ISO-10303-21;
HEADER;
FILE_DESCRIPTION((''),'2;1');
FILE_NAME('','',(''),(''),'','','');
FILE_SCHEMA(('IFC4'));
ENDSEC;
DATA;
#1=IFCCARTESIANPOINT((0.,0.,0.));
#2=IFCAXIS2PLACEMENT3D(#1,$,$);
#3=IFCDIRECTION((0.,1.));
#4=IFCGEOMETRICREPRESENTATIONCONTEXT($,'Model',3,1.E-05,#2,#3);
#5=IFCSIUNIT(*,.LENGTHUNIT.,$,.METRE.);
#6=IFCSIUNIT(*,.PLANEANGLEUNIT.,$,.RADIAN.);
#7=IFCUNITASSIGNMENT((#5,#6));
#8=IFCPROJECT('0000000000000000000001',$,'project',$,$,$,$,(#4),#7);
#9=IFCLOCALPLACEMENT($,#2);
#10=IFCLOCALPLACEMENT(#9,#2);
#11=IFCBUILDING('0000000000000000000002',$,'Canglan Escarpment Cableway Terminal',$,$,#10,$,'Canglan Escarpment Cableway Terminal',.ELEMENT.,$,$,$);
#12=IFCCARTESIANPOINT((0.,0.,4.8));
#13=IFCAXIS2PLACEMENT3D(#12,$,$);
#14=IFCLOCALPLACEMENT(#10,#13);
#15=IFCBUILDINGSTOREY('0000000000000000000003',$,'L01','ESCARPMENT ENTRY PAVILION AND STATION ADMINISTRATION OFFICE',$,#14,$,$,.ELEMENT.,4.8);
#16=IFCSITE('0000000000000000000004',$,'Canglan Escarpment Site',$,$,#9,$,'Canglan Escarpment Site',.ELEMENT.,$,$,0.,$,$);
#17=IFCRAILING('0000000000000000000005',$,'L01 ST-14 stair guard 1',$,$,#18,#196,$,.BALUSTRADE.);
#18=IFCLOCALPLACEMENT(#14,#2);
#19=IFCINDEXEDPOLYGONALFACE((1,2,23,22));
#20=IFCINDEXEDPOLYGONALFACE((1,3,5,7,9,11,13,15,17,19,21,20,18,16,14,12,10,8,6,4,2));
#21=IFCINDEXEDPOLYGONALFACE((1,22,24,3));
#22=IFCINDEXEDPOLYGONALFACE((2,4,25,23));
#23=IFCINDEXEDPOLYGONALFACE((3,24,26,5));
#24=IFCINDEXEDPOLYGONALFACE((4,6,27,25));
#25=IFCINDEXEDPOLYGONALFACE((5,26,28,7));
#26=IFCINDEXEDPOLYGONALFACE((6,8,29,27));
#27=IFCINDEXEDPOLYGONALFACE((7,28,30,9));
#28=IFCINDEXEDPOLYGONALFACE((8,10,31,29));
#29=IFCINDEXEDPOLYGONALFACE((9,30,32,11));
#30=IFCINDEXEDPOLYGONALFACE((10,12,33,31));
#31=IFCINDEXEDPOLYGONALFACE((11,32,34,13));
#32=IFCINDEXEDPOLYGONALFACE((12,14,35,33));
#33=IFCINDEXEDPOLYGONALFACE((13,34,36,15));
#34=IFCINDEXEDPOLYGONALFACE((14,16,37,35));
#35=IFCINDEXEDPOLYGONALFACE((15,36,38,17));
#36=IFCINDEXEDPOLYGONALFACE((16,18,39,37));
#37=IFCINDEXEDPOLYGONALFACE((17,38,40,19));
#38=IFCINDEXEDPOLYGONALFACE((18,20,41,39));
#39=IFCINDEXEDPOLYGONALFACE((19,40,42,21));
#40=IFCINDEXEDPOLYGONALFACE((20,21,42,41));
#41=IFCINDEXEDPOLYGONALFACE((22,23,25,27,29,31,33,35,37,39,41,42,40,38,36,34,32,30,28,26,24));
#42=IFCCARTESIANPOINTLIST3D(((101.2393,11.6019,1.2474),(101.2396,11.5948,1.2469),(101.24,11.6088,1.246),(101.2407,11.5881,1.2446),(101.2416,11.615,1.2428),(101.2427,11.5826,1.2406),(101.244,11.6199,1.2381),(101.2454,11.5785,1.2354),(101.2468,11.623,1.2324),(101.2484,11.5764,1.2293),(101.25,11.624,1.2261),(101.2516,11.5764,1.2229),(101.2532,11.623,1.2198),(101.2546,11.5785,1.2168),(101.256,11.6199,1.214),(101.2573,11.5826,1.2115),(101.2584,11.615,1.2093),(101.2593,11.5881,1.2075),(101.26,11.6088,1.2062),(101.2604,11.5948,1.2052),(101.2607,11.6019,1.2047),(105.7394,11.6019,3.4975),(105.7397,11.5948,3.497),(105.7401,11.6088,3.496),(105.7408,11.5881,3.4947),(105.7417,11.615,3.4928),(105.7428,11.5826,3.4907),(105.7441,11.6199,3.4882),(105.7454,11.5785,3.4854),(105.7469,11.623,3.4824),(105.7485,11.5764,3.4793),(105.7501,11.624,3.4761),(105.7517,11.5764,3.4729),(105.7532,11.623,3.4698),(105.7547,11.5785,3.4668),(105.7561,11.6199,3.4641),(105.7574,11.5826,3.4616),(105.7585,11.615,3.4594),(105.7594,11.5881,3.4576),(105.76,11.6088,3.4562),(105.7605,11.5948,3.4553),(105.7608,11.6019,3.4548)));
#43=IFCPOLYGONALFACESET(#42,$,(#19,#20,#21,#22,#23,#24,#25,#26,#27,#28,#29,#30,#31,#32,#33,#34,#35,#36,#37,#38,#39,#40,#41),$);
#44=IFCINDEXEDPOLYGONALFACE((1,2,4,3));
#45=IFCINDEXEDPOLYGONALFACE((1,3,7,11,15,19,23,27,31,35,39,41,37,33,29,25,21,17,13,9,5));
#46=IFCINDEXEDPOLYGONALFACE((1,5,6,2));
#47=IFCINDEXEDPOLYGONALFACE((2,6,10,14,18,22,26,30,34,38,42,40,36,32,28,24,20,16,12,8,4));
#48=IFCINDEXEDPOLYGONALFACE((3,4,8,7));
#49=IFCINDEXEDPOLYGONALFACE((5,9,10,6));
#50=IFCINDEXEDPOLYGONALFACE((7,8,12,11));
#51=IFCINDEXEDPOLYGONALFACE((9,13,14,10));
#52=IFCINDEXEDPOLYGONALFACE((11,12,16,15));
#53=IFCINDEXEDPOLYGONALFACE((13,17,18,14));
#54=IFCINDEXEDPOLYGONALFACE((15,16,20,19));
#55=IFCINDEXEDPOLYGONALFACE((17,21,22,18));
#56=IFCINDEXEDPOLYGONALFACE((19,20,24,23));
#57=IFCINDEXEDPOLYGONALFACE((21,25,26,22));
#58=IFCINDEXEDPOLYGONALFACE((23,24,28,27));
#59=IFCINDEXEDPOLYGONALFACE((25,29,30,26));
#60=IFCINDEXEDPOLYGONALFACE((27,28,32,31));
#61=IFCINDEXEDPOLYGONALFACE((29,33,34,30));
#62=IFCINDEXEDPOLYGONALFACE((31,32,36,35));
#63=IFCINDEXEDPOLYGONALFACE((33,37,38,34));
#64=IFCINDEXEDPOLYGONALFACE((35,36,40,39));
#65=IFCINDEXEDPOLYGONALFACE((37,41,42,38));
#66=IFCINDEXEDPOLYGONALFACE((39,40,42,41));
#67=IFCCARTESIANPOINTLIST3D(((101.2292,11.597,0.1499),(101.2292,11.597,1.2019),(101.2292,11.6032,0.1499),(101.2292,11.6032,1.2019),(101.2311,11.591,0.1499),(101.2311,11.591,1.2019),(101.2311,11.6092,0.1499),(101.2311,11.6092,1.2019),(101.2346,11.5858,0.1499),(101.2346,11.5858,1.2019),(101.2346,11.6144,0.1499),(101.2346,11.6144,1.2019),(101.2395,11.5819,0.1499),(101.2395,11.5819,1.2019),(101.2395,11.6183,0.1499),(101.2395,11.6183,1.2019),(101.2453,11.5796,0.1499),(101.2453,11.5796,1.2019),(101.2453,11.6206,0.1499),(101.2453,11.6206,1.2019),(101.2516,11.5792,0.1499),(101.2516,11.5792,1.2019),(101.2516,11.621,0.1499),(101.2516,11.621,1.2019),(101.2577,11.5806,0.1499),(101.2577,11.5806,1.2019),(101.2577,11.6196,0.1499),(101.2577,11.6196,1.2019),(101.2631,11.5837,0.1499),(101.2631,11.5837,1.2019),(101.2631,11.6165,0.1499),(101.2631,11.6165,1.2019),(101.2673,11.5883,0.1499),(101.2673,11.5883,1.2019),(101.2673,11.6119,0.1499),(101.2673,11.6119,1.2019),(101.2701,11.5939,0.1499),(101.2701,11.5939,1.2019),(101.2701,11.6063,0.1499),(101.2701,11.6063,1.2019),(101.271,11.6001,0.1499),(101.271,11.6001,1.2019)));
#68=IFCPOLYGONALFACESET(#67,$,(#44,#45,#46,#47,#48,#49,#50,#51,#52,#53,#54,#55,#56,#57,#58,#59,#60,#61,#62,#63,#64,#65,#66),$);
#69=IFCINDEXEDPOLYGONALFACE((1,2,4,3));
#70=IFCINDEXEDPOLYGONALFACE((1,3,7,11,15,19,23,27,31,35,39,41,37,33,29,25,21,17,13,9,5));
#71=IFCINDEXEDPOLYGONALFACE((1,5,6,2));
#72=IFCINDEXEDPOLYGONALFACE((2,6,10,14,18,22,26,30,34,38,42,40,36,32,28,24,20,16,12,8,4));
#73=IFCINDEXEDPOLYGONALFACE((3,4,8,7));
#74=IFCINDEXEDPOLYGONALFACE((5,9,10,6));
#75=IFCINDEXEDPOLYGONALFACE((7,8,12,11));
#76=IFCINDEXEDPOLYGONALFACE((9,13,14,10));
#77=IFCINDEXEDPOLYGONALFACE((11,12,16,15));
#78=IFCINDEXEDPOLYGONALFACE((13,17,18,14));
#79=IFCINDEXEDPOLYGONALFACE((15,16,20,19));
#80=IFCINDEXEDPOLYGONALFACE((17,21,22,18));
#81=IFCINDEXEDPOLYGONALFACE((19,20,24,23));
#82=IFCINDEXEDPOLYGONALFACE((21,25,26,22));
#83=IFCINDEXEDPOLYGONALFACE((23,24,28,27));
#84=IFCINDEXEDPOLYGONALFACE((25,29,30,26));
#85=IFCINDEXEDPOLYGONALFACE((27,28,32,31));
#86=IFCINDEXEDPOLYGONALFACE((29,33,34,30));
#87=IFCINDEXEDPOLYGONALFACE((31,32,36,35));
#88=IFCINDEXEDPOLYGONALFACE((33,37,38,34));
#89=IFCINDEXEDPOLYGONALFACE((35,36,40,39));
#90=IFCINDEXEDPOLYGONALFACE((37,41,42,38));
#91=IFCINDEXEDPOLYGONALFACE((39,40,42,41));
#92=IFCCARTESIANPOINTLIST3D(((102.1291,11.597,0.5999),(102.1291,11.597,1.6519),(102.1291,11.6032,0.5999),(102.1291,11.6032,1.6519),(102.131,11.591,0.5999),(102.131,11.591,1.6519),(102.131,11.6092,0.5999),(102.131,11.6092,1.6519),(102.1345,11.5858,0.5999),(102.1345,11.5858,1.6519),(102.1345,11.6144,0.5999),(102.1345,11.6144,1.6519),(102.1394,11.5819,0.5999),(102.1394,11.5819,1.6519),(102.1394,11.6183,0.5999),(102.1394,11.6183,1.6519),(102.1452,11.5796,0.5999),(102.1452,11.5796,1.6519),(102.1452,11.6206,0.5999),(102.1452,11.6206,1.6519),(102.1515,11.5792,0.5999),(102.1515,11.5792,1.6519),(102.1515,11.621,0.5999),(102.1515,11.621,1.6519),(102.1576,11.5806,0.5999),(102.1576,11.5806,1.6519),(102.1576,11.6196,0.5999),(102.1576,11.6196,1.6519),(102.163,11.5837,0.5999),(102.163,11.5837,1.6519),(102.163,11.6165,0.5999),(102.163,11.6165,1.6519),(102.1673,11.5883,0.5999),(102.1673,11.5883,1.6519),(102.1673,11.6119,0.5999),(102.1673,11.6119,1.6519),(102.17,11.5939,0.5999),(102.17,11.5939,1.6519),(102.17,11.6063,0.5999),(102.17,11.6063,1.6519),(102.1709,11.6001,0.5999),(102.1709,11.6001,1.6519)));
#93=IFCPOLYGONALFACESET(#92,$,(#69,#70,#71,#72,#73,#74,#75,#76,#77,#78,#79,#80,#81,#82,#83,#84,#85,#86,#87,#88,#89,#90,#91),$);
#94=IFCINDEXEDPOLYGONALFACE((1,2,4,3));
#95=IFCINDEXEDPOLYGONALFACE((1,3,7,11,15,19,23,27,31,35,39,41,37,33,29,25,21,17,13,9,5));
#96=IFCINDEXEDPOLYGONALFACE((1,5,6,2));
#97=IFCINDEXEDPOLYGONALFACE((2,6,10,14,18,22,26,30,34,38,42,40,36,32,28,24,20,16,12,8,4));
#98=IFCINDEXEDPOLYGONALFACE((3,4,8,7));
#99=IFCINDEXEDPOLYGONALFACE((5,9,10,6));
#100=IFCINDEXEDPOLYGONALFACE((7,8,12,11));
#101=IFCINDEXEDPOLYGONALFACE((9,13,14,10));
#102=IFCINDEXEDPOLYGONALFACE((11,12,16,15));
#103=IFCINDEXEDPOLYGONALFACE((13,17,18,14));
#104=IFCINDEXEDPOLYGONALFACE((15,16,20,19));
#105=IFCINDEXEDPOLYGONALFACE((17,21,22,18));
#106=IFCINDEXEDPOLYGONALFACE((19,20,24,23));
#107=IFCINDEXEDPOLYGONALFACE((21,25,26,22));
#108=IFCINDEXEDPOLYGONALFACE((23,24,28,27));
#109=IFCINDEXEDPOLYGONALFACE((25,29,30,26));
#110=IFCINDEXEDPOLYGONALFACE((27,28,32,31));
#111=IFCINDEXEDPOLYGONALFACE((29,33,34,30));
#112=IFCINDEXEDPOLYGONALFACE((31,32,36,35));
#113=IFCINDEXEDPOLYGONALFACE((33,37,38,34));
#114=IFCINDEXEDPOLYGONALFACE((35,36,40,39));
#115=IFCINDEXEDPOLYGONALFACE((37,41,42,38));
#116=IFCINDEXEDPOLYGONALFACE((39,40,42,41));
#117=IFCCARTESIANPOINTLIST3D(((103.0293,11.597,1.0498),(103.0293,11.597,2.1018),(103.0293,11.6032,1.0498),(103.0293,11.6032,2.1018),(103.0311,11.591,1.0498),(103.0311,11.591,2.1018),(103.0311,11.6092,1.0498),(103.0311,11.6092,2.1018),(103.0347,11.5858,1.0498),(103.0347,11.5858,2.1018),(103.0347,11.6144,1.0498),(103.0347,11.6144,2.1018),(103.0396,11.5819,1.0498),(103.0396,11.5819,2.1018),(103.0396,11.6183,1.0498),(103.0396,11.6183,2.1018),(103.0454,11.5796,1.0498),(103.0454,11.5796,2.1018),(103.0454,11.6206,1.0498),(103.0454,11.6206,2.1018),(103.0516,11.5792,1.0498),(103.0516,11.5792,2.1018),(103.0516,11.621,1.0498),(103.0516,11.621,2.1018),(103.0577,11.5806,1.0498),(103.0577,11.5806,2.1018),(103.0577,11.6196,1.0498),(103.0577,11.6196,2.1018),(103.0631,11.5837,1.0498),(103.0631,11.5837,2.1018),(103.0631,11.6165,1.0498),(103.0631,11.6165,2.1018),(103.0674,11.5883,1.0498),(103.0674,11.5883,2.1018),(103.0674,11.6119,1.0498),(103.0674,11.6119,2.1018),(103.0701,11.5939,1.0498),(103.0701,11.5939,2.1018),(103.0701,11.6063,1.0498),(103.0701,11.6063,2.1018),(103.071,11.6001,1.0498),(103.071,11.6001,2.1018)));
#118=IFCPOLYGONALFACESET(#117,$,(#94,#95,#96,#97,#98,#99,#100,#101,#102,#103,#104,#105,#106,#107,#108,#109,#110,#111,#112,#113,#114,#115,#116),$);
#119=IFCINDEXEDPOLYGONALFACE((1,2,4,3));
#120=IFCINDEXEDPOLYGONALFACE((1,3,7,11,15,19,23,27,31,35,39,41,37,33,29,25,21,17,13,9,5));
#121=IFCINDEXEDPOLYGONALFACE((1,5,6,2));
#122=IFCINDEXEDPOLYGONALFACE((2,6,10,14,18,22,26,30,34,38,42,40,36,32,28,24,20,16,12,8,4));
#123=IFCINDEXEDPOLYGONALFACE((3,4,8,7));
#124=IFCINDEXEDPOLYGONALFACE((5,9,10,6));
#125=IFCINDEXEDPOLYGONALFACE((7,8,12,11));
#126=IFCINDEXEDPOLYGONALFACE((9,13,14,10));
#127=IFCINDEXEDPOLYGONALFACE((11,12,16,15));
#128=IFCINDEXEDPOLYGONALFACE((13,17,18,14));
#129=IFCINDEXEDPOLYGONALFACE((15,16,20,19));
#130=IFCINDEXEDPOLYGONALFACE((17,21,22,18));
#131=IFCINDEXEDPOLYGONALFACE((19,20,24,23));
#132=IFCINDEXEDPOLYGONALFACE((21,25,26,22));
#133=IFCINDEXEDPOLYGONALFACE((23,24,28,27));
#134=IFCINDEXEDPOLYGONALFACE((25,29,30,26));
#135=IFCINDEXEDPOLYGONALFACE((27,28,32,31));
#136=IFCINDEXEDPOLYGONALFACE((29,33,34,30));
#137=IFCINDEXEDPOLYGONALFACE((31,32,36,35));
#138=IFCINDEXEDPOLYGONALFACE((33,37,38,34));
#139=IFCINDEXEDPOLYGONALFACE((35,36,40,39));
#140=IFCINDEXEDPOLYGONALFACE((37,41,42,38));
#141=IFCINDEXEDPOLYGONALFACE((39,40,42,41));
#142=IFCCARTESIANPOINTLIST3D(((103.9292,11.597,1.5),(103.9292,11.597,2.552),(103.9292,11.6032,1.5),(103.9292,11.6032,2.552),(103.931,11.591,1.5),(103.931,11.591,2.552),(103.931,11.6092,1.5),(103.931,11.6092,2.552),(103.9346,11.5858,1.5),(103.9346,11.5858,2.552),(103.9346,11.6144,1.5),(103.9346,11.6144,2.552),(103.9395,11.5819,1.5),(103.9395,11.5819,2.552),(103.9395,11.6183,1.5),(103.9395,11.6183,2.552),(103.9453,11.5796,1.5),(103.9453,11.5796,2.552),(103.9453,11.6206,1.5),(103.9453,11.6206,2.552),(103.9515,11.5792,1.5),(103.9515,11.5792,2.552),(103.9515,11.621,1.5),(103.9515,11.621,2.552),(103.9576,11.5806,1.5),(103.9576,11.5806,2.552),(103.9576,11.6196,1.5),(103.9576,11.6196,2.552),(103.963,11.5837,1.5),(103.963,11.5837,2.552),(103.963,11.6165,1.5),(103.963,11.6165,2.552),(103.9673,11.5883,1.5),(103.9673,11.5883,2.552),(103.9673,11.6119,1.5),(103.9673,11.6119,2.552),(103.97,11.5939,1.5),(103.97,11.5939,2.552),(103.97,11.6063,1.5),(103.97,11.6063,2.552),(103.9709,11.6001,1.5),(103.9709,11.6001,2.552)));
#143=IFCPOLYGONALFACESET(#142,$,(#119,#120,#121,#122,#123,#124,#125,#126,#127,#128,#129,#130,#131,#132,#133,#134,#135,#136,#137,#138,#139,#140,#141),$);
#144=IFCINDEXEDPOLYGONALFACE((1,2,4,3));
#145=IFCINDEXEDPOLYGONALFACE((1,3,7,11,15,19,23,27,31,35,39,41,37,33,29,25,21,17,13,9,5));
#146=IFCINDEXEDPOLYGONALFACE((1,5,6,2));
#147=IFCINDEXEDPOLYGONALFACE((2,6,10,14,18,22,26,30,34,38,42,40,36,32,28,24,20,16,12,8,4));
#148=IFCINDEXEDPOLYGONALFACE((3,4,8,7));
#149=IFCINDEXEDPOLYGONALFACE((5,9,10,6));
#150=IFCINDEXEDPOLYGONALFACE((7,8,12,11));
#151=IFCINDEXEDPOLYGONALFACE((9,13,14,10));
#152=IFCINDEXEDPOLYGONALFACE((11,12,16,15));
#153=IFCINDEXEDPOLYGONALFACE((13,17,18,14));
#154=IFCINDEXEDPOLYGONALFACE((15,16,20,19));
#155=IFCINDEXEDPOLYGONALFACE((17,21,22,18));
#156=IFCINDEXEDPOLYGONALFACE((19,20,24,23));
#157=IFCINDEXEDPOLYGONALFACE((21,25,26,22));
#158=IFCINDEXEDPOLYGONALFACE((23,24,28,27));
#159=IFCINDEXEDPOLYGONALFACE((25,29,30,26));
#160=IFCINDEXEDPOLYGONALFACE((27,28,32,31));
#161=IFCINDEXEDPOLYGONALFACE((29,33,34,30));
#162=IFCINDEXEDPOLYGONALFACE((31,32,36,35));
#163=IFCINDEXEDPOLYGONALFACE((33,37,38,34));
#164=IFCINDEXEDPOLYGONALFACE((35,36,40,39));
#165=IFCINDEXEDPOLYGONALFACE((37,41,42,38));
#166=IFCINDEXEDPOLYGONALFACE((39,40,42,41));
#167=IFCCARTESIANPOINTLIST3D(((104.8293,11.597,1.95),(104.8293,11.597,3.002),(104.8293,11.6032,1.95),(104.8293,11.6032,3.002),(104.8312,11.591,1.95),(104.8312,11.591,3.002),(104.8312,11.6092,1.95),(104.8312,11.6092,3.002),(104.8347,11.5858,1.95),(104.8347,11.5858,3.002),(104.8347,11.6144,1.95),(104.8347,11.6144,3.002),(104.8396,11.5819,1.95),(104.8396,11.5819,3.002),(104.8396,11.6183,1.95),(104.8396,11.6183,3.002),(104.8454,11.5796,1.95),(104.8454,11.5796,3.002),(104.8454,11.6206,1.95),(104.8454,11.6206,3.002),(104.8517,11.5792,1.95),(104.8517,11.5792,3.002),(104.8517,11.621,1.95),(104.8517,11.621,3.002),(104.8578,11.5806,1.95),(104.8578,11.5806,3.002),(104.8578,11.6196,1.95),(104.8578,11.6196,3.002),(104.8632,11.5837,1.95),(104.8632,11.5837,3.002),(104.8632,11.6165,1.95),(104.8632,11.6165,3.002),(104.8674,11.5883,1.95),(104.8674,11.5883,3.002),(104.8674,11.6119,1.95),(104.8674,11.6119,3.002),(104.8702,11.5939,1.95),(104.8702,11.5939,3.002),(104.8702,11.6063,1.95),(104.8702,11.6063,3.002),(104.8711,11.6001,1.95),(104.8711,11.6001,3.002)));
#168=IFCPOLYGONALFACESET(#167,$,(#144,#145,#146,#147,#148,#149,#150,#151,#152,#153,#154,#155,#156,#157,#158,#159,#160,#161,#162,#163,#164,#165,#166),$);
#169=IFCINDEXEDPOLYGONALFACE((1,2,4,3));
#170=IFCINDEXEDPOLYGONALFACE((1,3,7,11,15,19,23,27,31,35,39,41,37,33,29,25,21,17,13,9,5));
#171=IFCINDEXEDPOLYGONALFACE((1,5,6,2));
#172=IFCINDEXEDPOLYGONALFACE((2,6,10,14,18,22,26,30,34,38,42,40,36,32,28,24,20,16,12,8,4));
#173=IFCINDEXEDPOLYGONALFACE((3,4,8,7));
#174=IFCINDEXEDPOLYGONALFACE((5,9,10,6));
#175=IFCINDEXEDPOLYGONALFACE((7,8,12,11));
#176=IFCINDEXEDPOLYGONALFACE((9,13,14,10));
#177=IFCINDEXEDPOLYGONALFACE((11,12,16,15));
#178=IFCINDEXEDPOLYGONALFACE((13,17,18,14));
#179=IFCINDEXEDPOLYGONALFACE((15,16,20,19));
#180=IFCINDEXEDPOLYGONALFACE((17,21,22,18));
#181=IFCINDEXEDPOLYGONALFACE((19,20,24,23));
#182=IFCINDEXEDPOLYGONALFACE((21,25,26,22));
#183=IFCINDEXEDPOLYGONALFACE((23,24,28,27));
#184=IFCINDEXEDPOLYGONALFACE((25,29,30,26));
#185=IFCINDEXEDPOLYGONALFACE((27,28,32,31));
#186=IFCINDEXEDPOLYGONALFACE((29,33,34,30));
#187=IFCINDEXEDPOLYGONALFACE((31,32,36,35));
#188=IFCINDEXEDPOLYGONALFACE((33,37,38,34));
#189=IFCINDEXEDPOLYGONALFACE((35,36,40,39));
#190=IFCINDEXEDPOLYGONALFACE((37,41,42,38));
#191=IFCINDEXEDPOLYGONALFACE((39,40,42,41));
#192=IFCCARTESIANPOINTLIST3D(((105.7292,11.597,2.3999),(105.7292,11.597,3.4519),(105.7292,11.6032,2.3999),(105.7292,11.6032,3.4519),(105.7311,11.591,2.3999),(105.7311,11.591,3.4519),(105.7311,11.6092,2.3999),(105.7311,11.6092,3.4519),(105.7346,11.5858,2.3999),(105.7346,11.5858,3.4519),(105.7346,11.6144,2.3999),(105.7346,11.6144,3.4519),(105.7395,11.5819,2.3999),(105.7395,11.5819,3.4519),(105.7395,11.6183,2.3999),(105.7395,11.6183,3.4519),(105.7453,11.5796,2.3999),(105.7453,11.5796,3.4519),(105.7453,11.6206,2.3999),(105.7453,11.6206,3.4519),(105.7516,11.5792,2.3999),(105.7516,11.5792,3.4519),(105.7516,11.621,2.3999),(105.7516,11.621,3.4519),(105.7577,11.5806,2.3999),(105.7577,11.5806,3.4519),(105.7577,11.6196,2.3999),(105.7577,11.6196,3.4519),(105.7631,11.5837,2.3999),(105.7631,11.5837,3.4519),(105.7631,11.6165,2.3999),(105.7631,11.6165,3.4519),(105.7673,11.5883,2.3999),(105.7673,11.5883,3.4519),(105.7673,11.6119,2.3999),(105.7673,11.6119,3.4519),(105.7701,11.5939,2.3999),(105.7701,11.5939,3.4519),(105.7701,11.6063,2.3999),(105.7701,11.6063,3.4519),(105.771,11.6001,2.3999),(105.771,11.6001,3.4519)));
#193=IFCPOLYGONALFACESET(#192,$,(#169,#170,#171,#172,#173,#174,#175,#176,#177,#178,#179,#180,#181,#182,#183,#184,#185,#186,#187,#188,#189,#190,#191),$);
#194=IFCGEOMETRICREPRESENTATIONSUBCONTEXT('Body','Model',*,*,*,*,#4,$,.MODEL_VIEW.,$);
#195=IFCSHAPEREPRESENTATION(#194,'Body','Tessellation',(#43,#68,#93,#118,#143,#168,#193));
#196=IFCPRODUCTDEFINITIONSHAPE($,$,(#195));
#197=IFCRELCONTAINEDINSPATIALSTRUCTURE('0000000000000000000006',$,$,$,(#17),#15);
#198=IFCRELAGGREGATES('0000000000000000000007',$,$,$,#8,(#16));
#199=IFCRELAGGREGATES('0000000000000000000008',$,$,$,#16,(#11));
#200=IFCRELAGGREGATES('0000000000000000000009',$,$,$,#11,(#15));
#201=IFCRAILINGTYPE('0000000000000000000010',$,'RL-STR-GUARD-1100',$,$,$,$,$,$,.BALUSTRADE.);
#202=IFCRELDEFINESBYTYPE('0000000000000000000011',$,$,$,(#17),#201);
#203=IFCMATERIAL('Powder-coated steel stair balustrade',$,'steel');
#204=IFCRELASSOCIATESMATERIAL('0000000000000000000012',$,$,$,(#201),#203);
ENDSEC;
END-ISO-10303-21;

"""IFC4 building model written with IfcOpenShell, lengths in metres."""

from ifc_helpers import new_model, si_unit, direction, frame, origin, origin_2d, place, context, subcontext, project, spatial, circle, extrude, material, type_object, element, save


model = new_model("IFC4")

# Units and contexts
model_context = context("Model", 3, precision=1e-05, world=origin(), true_north=direction((0.0, 1.0)))
body_context = subcontext(model_context, "Body", "Model", "MODEL_VIEW")
ifc_project = project(units=[si_unit("LENGTHUNIT", "METRE"), si_unit("PLANEANGLEUNIT", "RADIAN")], contexts=[model_context])

# Site, building, storey
site_placement = place(None, origin())
site = spatial("IfcSite", under=ifc_project, at=site_placement, Name="Canglan Escarpment Site", LongName="Canglan Escarpment Site", CompositionType="ELEMENT", RefElevation=0.0)
building_placement = place(site_placement, origin())
building = spatial("IfcBuilding", under=site, at=building_placement, Name="Canglan Escarpment Cableway Terminal", LongName="Canglan Escarpment Cableway Terminal", CompositionType="ELEMENT")
storey_placement = place(building_placement, frame((0.0, 0.0, 4.8)))
storey = spatial("IfcBuildingStorey", under=building, at=storey_placement, Name="L01", Description="ESCARPMENT ENTRY PAVILION AND STATION ADMINISTRATION OFFICE", CompositionType="ELEMENT", Elevation=4.8)

# Railing
ifc_material_1 = material(Name="Powder-coated steel stair balustrade", Category="steel")
railing_type_1 = type_object("IfcRailingType", Name="RL-STR-GUARD-1100", PredefinedType="BALUSTRADE", material=ifc_material_1)
railing_1_placement = place(storey_placement, frame((101.25, 11.6001, 0.1499)))
element("IfcRailing", 1, at=railing_1_placement, inside=storey, type_object=railing_type_1, Name="L01 ST-14 stair guard 1", PredefinedType="BALUSTRADE", context=body_context, shape_type="SweptSolid", body=[
    extrude(circle(Radius=0.0239, at=origin_2d()), frame((0.0, 0.0, 1.0762), z_axis=(0.894427, 0.0, 0.447214), x_axis=(0.0, 1.0, 0.0)), (0.0, 0.0, 1.0), 5.0312),
    extrude(circle(Radius=0.021, at=origin_2d()), origin(), (0.0, 0.0, 1.0), 1.052),
    extrude(circle(Radius=0.021, at=origin_2d()), frame((0.8999, 0.0, 0.45)), (0.0, 0.0, 1.0), 1.052),
    extrude(circle(Radius=0.021, at=origin_2d()), frame((1.8, 0.0, 0.8999)), (0.0, 0.0, 1.0), 1.052),
    extrude(circle(Radius=0.021, at=origin_2d()), frame((2.7, 0.0, 1.3501)), (0.0, 0.0, 1.0), 1.052),
    extrude(circle(Radius=0.021, at=origin_2d()), frame((3.6001, 0.0, 1.8)), (0.0, 0.0, 1.0), 1.052),
    extrude(circle(Radius=0.021, at=origin_2d()), frame((4.5, 0.0, 2.25)), (0.0, 0.0, 1.0), 1.052),
])

save(model, "model.ifc")
